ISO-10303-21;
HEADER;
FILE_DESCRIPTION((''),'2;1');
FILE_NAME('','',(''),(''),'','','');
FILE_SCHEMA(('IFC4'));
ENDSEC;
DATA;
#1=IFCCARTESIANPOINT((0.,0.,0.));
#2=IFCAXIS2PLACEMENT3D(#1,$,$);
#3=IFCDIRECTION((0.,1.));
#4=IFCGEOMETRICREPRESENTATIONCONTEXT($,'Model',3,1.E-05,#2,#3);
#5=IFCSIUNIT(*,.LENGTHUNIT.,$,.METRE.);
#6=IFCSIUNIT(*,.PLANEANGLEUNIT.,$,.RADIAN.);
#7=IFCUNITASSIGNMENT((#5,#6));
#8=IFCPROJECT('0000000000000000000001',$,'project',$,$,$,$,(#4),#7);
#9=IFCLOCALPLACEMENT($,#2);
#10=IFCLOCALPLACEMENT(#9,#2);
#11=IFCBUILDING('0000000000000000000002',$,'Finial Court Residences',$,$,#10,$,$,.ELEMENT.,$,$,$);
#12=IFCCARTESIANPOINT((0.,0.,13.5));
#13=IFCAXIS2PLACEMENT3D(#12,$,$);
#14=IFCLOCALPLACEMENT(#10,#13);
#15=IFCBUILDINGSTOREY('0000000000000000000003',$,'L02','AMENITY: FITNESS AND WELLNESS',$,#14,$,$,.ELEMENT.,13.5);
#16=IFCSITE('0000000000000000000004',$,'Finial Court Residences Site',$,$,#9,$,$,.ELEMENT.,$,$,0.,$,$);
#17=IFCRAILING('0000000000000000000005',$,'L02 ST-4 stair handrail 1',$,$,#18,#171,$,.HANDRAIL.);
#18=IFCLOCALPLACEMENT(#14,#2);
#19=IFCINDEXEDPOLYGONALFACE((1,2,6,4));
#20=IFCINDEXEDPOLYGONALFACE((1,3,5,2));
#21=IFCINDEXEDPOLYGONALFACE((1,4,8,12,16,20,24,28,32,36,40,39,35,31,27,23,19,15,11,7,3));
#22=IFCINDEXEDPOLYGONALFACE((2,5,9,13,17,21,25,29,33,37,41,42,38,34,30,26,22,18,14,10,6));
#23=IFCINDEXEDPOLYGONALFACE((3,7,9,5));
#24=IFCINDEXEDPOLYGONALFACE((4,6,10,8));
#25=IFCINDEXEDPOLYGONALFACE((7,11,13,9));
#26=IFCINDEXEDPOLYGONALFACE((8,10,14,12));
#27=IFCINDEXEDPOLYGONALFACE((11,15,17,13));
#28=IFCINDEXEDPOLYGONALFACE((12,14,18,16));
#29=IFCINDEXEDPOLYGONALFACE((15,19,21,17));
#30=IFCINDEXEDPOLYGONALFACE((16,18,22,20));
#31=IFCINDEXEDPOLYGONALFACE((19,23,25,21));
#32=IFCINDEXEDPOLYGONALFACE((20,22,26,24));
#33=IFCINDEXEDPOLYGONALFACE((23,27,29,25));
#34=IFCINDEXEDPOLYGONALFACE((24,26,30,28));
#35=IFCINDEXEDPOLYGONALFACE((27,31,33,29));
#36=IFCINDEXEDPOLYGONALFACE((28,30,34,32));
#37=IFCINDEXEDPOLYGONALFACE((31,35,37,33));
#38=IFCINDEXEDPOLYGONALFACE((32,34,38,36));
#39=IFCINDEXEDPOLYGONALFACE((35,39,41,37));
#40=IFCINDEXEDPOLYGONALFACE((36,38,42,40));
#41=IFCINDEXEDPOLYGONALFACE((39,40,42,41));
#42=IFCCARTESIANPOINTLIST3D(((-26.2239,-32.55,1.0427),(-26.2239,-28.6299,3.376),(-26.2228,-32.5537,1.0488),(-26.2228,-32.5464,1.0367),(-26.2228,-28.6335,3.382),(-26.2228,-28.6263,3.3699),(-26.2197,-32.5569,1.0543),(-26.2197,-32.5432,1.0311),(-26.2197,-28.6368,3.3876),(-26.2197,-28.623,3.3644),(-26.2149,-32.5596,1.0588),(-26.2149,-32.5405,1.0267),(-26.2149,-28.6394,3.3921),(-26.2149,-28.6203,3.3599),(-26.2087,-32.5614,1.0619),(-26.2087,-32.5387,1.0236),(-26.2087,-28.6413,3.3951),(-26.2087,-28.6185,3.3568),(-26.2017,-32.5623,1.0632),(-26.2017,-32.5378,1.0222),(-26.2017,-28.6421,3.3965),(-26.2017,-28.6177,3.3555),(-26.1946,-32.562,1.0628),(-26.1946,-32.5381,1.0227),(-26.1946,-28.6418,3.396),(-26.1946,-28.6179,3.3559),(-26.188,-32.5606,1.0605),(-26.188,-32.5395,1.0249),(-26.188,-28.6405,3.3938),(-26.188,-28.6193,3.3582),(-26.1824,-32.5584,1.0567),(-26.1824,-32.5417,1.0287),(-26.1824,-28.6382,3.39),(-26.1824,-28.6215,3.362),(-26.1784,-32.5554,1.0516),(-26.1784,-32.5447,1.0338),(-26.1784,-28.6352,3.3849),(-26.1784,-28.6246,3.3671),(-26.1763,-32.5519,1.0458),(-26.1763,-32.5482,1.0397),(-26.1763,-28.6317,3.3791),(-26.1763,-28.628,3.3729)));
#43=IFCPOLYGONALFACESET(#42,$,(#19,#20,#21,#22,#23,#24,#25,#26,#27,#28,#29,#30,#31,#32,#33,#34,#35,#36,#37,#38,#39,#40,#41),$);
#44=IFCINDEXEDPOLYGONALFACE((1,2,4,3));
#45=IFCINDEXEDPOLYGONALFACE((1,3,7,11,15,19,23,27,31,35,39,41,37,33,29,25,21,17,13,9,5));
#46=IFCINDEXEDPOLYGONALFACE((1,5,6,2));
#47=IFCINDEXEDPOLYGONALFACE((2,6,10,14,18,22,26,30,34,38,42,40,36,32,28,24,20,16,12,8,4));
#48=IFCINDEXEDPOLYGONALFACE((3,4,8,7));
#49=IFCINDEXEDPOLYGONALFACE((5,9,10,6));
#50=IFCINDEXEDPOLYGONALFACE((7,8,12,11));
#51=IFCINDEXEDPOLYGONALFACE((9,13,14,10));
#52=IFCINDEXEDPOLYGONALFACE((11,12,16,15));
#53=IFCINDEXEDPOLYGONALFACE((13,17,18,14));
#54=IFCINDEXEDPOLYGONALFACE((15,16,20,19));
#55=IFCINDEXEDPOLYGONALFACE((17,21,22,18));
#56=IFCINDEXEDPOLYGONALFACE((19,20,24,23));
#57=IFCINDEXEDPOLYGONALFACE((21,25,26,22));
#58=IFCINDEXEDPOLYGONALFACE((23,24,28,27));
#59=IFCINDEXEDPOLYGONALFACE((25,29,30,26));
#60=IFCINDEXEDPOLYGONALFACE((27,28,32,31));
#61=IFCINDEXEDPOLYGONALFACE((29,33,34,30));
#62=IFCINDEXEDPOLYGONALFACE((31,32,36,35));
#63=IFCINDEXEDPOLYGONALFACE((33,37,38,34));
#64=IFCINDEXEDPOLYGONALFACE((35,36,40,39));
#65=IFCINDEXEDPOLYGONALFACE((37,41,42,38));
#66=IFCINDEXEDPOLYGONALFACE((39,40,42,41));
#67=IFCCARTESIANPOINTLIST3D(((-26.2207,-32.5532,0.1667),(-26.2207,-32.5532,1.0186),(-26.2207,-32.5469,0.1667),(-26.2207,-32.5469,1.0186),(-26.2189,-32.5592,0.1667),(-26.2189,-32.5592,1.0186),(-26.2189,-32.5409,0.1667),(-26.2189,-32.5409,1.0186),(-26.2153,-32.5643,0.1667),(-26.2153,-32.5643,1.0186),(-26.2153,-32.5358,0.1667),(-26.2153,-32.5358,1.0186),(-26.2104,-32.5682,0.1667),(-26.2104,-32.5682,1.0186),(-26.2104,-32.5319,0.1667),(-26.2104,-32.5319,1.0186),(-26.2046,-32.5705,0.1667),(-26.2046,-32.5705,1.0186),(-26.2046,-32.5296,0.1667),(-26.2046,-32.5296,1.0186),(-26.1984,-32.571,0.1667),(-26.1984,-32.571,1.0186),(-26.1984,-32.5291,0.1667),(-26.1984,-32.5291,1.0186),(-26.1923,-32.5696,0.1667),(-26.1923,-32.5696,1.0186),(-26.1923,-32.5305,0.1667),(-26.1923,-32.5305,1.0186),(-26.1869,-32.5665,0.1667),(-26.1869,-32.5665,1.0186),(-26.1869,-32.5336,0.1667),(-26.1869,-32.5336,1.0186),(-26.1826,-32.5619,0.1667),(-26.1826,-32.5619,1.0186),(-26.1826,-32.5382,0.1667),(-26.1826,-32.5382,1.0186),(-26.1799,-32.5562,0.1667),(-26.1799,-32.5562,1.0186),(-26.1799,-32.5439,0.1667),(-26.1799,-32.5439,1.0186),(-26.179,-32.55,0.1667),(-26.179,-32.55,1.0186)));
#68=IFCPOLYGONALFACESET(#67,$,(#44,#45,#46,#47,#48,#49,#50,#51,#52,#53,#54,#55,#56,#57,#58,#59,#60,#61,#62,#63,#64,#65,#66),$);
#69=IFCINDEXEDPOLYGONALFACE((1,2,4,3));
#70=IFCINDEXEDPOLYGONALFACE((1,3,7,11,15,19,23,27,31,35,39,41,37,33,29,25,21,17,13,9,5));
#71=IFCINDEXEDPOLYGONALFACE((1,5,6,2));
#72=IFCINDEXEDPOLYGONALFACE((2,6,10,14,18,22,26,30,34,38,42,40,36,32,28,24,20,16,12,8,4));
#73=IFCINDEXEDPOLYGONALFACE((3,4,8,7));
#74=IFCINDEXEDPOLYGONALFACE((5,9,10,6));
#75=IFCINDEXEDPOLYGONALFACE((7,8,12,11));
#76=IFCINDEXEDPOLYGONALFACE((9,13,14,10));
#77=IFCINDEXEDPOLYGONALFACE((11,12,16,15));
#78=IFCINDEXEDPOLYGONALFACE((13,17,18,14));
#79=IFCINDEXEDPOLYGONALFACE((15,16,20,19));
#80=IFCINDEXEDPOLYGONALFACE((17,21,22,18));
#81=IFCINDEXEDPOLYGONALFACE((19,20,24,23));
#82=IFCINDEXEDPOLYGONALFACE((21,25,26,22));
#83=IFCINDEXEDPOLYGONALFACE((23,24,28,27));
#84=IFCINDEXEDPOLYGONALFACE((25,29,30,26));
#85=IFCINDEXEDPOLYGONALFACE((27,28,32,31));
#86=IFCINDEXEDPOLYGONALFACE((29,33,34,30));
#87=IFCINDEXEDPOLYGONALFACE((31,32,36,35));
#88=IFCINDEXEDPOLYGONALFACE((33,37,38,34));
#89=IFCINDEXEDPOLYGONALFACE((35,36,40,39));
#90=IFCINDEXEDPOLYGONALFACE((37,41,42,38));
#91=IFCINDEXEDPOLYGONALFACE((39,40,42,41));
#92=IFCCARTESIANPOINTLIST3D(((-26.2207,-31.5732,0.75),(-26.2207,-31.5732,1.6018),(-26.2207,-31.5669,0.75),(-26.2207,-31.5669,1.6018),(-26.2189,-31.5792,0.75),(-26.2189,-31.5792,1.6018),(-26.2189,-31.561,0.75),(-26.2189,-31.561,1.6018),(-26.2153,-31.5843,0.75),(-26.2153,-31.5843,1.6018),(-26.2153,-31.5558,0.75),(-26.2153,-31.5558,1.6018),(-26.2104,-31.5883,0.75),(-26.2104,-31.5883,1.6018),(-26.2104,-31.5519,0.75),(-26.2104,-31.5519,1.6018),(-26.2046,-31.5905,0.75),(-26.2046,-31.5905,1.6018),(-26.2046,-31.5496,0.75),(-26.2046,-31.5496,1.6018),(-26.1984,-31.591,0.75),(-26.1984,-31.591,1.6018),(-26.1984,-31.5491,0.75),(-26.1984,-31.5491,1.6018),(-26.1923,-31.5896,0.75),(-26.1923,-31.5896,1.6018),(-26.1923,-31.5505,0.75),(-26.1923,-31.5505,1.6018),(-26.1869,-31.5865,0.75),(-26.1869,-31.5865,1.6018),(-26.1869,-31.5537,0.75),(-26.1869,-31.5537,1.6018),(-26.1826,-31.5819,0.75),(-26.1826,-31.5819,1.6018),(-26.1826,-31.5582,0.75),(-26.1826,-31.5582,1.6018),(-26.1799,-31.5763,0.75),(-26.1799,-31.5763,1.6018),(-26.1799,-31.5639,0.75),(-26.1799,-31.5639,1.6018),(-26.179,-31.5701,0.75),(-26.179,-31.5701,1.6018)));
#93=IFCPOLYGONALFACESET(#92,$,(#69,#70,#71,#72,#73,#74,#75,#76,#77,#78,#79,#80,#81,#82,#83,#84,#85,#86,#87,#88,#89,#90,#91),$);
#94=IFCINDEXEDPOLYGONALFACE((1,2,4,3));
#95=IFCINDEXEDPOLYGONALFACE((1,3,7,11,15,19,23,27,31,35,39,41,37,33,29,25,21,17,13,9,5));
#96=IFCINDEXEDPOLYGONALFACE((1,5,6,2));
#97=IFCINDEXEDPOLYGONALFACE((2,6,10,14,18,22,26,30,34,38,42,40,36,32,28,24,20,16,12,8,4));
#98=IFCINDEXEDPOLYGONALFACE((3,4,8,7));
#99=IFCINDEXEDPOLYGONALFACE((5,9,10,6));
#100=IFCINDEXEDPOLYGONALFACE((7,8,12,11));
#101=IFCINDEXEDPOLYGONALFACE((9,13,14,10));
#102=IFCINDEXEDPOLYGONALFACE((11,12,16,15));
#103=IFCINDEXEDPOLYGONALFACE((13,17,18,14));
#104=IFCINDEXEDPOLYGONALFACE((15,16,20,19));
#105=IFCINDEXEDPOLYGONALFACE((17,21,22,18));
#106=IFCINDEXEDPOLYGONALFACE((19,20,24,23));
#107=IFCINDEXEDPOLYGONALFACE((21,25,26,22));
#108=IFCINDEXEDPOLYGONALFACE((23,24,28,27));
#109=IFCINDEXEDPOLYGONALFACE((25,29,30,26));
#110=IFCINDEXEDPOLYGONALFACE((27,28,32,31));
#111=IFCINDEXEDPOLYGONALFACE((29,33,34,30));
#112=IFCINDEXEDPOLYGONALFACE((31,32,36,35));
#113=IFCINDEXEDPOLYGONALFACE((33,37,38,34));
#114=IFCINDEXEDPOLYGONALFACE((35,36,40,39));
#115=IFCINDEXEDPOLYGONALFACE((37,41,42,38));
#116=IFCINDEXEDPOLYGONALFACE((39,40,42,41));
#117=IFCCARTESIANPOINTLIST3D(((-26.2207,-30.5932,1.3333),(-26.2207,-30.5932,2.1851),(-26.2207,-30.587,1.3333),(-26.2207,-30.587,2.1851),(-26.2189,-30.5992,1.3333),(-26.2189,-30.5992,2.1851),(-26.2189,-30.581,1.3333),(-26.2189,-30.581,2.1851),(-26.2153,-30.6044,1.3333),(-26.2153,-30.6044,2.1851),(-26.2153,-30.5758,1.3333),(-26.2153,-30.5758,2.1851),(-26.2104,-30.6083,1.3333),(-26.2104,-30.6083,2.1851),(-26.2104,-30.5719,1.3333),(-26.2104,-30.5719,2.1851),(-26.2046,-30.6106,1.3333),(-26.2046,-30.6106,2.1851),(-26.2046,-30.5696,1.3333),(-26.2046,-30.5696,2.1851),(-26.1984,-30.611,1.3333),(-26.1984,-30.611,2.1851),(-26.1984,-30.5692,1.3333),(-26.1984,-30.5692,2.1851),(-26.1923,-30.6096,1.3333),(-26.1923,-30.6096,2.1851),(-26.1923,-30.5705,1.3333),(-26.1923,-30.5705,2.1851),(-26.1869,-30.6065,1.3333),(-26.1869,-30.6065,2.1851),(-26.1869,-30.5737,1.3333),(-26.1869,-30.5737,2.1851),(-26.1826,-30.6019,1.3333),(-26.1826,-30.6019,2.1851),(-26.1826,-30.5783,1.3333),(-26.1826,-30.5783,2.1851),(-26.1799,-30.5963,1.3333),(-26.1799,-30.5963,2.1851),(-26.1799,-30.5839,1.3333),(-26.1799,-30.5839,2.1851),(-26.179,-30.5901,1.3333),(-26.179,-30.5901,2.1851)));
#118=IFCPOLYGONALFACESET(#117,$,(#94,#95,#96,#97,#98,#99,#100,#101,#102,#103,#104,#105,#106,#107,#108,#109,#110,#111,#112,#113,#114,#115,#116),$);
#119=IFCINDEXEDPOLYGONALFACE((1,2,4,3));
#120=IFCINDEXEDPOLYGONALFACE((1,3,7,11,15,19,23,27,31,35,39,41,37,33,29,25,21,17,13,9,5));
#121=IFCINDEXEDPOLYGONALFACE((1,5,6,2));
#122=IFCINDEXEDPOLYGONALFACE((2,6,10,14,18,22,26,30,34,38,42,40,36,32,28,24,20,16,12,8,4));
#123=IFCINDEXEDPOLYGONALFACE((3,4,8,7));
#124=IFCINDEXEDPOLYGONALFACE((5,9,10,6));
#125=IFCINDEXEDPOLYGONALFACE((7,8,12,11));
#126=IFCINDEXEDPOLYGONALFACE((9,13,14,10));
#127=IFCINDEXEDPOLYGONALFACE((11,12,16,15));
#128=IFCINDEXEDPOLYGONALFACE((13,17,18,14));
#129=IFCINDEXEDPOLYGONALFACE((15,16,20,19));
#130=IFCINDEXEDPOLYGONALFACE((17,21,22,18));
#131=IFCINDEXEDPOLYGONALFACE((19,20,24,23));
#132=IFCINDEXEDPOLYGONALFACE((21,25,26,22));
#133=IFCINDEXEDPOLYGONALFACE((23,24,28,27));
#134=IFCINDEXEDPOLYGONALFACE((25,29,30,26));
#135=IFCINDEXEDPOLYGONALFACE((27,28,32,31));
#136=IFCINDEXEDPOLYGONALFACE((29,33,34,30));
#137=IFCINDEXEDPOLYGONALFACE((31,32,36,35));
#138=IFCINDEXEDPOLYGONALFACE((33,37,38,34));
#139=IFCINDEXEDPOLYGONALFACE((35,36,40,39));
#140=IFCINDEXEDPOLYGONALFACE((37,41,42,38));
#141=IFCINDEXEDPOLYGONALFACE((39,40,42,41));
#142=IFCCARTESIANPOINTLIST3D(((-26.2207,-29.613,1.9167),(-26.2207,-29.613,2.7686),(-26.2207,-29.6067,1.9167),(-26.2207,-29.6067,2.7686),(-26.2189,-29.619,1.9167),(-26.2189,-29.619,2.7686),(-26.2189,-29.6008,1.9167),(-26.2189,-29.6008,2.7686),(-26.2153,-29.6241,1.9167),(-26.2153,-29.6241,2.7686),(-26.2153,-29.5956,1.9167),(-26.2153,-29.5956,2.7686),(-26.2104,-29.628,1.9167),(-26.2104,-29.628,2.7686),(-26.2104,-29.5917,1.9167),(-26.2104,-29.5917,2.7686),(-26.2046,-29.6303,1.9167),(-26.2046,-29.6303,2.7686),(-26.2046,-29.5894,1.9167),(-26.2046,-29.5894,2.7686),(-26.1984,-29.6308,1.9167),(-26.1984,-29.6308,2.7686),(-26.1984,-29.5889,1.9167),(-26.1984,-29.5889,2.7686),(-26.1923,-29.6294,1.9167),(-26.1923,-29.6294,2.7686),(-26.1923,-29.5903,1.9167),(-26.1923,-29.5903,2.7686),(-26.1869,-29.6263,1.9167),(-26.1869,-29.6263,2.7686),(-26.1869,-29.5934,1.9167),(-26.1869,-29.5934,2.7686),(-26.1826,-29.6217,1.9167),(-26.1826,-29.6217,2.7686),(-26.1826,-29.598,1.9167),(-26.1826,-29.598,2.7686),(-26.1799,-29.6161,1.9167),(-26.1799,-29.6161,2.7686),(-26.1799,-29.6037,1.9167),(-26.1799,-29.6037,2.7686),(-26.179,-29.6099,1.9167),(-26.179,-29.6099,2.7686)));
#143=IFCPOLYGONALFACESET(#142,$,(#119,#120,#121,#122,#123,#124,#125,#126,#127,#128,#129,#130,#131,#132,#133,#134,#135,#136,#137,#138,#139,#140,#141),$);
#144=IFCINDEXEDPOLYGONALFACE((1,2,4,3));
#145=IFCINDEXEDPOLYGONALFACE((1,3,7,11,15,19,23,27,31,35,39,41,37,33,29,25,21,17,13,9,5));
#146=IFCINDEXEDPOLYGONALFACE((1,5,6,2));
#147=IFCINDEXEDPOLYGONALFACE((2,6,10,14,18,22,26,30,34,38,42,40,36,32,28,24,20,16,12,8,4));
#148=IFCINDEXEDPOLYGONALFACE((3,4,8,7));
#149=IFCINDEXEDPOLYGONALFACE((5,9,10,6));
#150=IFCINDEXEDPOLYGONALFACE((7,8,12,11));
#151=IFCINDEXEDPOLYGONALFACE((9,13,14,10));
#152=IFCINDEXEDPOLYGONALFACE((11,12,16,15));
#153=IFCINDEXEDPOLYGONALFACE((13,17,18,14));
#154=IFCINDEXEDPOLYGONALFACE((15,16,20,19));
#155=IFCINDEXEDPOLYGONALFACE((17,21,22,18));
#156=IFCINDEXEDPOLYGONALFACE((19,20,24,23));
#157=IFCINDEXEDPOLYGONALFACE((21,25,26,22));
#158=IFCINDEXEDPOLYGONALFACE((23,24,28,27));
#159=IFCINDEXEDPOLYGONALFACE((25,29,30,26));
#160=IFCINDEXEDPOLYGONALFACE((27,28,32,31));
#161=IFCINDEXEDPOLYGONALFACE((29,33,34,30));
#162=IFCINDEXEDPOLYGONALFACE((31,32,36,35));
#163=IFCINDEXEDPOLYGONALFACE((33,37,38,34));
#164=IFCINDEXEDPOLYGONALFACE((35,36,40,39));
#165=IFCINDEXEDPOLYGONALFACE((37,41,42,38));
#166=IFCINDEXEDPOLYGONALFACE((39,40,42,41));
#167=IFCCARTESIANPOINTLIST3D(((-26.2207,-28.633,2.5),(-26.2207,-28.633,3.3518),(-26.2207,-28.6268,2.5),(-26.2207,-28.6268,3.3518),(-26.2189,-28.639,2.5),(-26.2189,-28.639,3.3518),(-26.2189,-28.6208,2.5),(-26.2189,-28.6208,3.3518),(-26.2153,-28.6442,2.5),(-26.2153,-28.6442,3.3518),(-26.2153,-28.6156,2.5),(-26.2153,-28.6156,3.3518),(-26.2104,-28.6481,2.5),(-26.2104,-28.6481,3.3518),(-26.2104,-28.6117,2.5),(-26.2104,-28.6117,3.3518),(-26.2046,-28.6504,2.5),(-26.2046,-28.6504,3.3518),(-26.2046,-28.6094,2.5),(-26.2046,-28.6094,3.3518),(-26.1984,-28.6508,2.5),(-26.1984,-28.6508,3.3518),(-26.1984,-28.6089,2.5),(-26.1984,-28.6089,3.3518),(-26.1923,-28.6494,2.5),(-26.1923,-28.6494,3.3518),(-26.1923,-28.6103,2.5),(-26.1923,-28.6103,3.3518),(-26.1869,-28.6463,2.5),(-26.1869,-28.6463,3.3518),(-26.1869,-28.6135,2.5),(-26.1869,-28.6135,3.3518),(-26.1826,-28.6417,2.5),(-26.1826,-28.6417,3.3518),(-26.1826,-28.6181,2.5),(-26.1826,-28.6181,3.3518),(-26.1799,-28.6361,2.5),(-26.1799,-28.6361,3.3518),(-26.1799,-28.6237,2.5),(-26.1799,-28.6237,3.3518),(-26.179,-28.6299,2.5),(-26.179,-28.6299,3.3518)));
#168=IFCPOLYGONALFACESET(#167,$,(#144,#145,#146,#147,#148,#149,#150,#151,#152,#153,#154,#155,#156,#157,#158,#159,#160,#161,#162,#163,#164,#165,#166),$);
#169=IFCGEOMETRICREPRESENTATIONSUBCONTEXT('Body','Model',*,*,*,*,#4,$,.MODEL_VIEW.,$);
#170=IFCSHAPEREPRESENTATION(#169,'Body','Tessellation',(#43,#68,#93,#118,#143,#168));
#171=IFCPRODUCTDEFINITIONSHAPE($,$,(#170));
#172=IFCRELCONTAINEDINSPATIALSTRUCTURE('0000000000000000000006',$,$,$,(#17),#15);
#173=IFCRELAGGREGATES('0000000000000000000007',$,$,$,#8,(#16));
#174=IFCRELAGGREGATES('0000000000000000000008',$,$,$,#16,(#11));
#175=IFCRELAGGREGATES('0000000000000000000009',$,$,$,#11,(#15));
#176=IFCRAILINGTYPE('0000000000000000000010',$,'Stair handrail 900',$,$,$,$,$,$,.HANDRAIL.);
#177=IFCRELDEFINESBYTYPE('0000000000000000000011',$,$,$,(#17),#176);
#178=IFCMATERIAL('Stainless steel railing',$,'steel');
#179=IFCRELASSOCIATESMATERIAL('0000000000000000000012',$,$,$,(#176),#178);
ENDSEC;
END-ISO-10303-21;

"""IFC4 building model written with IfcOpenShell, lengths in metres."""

from ifc_helpers import new_model, si_unit, direction, frame, origin, origin_2d, place, context, subcontext, project, spatial, circle, extrude, material, type_object, element, save


model = new_model("IFC4")

# Units and contexts
model_context = context("Model", 3, precision=1e-05, world=origin(), true_north=direction((0.0, 1.0)))
body_context = subcontext(model_context, "Body", "Model", "MODEL_VIEW")
ifc_project = project(units=[si_unit("LENGTHUNIT", "METRE"), si_unit("PLANEANGLEUNIT", "RADIAN")], contexts=[model_context])

# Site, building, storey
site_placement = place(None, origin())
site = spatial("IfcSite", under=ifc_project, at=site_placement, Name="Finial Court Residences Site", CompositionType="ELEMENT", RefElevation=0.0)
building_placement = place(site_placement, origin())
building = spatial("IfcBuilding", under=site, at=building_placement, Name="Finial Court Residences", CompositionType="ELEMENT")
storey_placement = place(building_placement, frame((0.0, 0.0, 13.5)))
storey = spatial("IfcBuildingStorey", under=building, at=storey_placement, Name="L02", Description="AMENITY: FITNESS AND WELLNESS", CompositionType="ELEMENT", Elevation=13.5)

# Railing
ifc_material_1 = material(Name="Stainless steel railing", Category="steel")
railing_type_1 = type_object("IfcRailingType", Name="Stair handrail 900", PredefinedType="HANDRAIL", material=ifc_material_1)
railing_1_placement = place(storey_placement, frame((-26.2, -32.55, 0.1667)))
element("IfcRailing", 1, at=railing_1_placement, inside=storey, type_object=railing_type_1, Name="L02 ST-4 stair handrail 1", PredefinedType="HANDRAIL", context=body_context, shape_type="SweptSolid", body=[
    extrude(circle(Radius=0.0239, at=origin_2d()), frame((0.0, 0.0, 0.876), z_axis=(0.0, 0.85931, 0.511455), x_axis=(-1.0, 0.0, 0.0)), (0.0, 0.0, 1.0), 4.562),
    extrude(circle(Radius=0.021, at=origin_2d()), origin(), (0.0, 0.0, 1.0), 0.8518),
    extrude(circle(Radius=0.021, at=origin_2d()), frame((0.0, 0.98, 0.5833)), (0.0, 0.0, 1.0), 0.8518),
    extrude(circle(Radius=0.021, at=origin_2d()), frame((0.0, 1.96, 1.1665)), (0.0, 0.0, 1.0), 0.8518),
    extrude(circle(Radius=0.021, at=origin_2d()), frame((0.0, 2.9402, 1.75)), (0.0, 0.0, 1.0), 0.8518),
    extrude(circle(Radius=0.021, at=origin_2d()), frame((0.0, 3.9202, 2.3333)), (0.0, 0.0, 1.0), 0.8518),
])

save(model, "model.ifc")
